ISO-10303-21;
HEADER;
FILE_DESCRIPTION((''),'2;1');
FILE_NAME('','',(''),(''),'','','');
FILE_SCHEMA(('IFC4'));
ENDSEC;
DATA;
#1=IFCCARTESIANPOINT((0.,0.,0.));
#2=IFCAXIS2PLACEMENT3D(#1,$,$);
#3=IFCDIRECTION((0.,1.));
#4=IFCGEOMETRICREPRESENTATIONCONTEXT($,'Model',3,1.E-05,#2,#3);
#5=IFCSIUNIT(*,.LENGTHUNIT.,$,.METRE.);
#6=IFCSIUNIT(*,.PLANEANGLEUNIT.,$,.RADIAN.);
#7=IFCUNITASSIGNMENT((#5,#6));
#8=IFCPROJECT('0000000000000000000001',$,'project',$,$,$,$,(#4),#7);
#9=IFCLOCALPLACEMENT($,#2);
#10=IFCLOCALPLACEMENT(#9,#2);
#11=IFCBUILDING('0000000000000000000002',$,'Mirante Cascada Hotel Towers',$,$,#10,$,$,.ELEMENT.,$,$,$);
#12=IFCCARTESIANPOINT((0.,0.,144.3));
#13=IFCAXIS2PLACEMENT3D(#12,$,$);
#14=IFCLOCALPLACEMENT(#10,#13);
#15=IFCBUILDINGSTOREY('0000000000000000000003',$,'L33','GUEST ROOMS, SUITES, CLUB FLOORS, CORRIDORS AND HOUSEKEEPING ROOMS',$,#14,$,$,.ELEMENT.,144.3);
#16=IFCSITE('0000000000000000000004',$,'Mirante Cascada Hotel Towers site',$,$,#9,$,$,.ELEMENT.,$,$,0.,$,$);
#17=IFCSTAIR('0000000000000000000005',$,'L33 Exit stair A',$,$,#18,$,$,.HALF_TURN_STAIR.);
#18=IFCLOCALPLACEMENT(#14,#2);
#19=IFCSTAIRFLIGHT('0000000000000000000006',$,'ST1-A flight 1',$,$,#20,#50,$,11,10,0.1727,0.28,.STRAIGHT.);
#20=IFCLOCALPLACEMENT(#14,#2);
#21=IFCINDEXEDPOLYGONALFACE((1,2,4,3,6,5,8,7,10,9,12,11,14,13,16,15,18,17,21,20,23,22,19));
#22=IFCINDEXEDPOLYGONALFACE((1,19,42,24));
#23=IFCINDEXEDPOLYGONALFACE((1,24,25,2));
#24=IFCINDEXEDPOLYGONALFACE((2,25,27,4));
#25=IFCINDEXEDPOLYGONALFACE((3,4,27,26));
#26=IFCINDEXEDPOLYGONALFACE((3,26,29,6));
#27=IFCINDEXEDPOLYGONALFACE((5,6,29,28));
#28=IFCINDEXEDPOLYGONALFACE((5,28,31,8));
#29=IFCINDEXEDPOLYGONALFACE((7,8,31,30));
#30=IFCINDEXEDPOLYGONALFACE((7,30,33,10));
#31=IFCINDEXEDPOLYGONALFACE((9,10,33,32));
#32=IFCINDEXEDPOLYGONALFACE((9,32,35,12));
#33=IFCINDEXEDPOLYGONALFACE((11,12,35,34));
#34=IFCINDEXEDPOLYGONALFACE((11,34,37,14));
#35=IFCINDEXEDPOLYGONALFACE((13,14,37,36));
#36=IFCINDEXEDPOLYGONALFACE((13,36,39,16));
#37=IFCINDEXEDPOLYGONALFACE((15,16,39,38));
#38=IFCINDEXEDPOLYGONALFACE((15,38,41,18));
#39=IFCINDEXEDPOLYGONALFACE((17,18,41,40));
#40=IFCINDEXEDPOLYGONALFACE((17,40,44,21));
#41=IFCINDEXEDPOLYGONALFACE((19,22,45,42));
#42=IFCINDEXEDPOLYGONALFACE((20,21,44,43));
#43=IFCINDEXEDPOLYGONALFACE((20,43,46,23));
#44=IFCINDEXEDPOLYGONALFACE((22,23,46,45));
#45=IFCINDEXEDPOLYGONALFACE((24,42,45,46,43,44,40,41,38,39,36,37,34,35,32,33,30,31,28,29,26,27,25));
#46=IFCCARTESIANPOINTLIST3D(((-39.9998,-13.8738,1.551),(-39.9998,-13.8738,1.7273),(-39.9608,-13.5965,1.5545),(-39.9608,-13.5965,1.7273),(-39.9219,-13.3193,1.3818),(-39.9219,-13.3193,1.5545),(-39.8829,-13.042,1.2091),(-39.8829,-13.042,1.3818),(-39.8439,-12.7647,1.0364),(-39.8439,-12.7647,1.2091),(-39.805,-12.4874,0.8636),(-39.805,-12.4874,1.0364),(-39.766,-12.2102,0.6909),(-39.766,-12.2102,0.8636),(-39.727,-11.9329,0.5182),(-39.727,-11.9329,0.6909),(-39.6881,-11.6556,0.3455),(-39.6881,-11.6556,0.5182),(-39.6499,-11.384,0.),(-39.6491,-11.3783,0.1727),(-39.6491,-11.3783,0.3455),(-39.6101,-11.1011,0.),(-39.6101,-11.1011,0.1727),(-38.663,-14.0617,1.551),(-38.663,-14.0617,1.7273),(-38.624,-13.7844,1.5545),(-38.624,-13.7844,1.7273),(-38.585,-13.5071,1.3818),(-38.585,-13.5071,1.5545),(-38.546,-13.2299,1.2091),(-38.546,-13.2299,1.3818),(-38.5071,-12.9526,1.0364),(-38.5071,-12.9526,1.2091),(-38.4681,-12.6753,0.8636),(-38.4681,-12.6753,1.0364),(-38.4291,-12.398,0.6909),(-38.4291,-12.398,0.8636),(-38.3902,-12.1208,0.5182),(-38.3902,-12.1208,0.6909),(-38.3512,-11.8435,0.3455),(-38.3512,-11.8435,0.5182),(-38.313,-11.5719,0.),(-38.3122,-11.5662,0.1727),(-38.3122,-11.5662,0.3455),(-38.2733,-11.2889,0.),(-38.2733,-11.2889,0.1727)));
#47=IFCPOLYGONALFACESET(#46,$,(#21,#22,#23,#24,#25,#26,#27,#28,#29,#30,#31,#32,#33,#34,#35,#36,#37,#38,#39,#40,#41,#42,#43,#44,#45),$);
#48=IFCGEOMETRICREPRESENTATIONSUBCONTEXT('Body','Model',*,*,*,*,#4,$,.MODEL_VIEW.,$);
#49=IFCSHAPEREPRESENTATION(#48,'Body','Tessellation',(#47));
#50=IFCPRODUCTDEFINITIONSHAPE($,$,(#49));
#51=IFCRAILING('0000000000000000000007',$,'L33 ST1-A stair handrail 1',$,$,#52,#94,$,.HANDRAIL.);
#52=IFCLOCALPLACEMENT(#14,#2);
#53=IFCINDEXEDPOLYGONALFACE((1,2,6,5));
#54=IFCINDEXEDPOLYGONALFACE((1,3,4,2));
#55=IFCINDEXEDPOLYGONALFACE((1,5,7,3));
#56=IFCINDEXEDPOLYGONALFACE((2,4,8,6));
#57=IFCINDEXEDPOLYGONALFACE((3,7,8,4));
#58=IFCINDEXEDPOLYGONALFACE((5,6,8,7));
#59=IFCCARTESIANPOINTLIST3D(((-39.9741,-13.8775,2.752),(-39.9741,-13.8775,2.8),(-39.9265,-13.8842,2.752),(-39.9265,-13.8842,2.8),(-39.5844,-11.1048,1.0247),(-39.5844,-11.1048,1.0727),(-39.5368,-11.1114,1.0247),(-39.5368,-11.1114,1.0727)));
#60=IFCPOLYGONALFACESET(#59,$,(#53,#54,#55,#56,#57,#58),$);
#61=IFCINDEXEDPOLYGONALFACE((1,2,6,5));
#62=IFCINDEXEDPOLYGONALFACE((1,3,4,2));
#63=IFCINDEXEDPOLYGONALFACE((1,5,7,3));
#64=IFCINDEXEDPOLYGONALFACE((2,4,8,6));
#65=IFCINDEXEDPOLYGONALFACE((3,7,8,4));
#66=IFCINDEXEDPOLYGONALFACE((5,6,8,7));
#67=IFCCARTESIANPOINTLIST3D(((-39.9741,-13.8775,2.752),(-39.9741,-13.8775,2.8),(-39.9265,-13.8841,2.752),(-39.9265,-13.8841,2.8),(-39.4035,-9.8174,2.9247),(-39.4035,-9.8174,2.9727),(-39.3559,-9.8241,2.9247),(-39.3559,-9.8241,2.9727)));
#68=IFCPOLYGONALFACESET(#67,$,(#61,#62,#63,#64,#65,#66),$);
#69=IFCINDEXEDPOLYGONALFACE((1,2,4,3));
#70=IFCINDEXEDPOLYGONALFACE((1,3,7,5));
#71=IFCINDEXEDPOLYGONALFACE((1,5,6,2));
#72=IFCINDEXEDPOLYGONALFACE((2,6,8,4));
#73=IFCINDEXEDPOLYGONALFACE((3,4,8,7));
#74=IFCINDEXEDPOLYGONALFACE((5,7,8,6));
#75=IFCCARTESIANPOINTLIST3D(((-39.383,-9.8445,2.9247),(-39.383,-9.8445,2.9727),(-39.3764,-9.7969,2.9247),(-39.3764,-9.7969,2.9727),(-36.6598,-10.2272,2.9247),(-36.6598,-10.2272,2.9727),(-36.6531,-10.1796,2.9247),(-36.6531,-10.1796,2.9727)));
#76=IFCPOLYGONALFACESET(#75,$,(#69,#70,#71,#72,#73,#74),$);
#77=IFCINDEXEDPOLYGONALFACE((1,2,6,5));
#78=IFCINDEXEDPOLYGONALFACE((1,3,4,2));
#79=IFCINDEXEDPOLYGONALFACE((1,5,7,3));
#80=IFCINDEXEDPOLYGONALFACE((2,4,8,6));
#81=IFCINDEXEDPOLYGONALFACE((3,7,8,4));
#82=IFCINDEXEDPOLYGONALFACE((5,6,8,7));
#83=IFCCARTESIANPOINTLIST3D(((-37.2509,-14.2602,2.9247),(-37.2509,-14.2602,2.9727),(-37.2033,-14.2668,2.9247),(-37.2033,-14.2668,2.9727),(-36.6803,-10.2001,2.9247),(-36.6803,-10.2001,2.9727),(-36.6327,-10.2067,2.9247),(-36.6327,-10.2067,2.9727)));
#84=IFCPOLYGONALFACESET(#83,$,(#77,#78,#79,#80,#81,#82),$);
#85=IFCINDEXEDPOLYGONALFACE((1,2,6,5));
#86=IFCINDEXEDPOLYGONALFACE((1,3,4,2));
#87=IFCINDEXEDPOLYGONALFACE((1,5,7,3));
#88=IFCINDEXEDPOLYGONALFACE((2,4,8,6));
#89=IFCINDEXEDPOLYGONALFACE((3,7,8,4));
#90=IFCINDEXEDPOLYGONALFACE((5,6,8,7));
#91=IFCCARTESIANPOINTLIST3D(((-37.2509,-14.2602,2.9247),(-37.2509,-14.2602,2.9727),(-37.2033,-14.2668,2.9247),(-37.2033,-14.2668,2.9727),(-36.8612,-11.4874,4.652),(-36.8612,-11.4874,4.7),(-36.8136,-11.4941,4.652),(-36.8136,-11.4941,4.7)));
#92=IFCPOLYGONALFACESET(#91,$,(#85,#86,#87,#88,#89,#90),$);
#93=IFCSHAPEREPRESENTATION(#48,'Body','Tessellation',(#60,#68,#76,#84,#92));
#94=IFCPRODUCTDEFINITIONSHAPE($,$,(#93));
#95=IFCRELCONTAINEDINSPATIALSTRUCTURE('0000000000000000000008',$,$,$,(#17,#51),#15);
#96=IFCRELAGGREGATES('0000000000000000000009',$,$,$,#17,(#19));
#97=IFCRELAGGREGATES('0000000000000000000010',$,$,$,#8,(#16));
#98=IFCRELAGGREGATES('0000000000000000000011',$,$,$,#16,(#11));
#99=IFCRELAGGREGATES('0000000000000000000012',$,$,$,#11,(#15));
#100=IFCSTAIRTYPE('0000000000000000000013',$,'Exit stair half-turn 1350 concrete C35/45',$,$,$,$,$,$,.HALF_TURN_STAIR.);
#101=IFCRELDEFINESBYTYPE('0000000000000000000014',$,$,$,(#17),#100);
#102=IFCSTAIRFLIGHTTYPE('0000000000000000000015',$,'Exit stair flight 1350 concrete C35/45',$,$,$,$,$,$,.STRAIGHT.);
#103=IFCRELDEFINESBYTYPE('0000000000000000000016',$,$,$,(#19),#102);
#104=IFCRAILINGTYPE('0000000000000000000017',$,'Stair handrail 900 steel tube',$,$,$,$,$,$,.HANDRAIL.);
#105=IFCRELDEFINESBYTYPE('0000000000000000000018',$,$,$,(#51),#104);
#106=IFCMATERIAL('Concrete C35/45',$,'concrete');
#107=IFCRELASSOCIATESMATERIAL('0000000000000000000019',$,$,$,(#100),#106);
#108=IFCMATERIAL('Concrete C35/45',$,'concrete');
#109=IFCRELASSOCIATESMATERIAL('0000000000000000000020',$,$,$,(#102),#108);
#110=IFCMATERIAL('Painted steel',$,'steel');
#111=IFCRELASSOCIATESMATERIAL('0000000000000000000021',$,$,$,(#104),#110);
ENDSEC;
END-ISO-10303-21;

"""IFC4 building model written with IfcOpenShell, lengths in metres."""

from ifc_helpers import new_model, si_unit, direction, frame, origin, origin_2d, place, context, subcontext, project, spatial, polyline, rectangle, outline, extrude, material, type_object, element, aggregate, save


model = new_model("IFC4")

# Units and contexts
model_context = context("Model", 3, precision=1e-05, world=origin(), true_north=direction((0.0, 1.0)))
body_context = subcontext(model_context, "Body", "Model", "MODEL_VIEW")
ifc_project = project(units=[si_unit("LENGTHUNIT", "METRE"), si_unit("PLANEANGLEUNIT", "RADIAN")], contexts=[model_context])

# Site, building, storey
site_placement = place(None, origin())
site = spatial("IfcSite", under=ifc_project, at=site_placement, Name="Mirante Cascada Hotel Towers site", CompositionType="ELEMENT", RefElevation=0.0)
building_placement = place(site_placement, origin())
building = spatial("IfcBuilding", under=site, at=building_placement, Name="Mirante Cascada Hotel Towers", CompositionType="ELEMENT")
storey_placement = place(building_placement, frame((0.0, 0.0, 144.3)))
storey = spatial("IfcBuildingStorey", under=building, at=storey_placement, Name="L33", Description="GUEST ROOMS, SUITES, CLUB FLOORS, CORRIDORS AND HOUSEKEEPING ROOMS", CompositionType="ELEMENT", Elevation=144.3)

# Stair, stair flight
ifc_material_1 = material(Name="Concrete C35/45", Category="concrete")
stair_type = type_object("IfcStairType", Name="Exit stair half-turn 1350 concrete C35/45", PredefinedType="HALF_TURN_STAIR", material=ifc_material_1)
stair_placement = place(storey_placement, origin())
stair = element("IfcStair", 1, at=stair_placement, inside=storey, type_object=stair_type, Name="L33 Exit stair A", PredefinedType="HALF_TURN_STAIR")
ifc_material_2 = material(Name="Concrete C35/45", Category="concrete")
stair_flight_type = type_object("IfcStairFlightType", Name="Exit stair flight 1350 concrete C35/45", PredefinedType="STRAIGHT", material=ifc_material_2)
stair_flight_placement = place(storey_placement, frame((-38.9417, -11.195, 0.0), z_axis=(0.0, 0.0, 1.0), x_axis=(-0.139173, -0.990268, 0.0)))
stair_flight = element("IfcStairFlight", 2, at=stair_flight_placement, type_object=stair_flight_type, Name="ST1-A flight 1", NumberOfRisers=11, NumberOfTreads=10, PredefinedType="STRAIGHT", RiserHeight=0.1727, TreadLength=0.28, context=body_context, shape_type="SweptSolid", body=[
    extrude(outline(polyline([(0.0, 0.0), (0.0, 0.1727), (0.28, 0.1727), (0.28, 0.3455), (0.56, 0.3455), (0.56, 0.5182), (0.84, 0.5182), (0.84, 0.6909), (1.12, 0.6909), (1.12, 0.8636), (1.4, 0.8636), (1.4, 1.0364), (1.68, 1.0364), (1.68, 1.2091), (1.96, 1.2091), (1.96, 1.3818), (2.24, 1.3818), (2.24, 1.5545), (2.52, 1.5545), (2.52, 1.7273), (2.8, 1.7273), (2.8, 1.9), (2.8, 1.551), (0.2857, 0.0), (0.0, 0.0)])), frame((0.0, 0.675, 0.0), z_axis=(0.0, -1.0, 0.0), x_axis=(1.0, 0.0, 0.0)), (0.0, 0.0, 1.0), 1.35),
])
aggregate(stair, [stair_flight])

# Railing
ifc_material_3 = material(Name="Painted steel", Category="steel")
railing_type = type_object("IfcRailingType", Name="Stair handrail 900 steel tube", PredefinedType="HANDRAIL", material=ifc_material_3)
railing_placement = place(storey_placement, frame((-39.5606, -11.1081, 0.1727)))
element("IfcRailing", 3, at=railing_placement, inside=storey, type_object=railing_type, Name="L33 ST1-A stair handrail 1", PredefinedType="HANDRAIL", context=body_context, shape_type="SweptSolid", body=[
    extrude(rectangle(XDim=0.048, YDim=0.048, at=origin_2d()), frame((0.0, 0.0, 0.876), z_axis=(-0.139181, -0.990267, 0.0), x_axis=(0.990267, -0.139181, 0.0)), (0.0, 0.525035, 0.851081), 3.2899),
    extrude(rectangle(XDim=0.048, YDim=0.048, at=origin_2d()), frame((-0.3897, -2.7727, 2.6033), z_axis=(0.139171, 0.990268, 0.0), x_axis=(-0.990268, 0.139171, 0.0)), (0.0, 0.042085, 0.999114), 4.1036),
    extrude(rectangle(XDim=0.048, YDim=0.048, at=origin_2d()), frame((0.1809, 1.2874, 2.776), z_axis=(0.990269, -0.139166, 0.0), x_axis=(0.139166, 0.990269, 0.0)), (0.0, 0.0, 1.0), 2.75),
    extrude(rectangle(XDim=0.048, YDim=0.048, at=origin_2d()), frame((2.9041, 0.9047, 2.776), z_axis=(-0.139171, -0.990268, 0.0), x_axis=(0.990268, -0.139171, 0.0)), (0.0, 0.0, 1.0), 4.1),
    extrude(rectangle(XDim=0.048, YDim=0.048, at=origin_2d()), frame((2.3335, -3.1554, 2.776), z_axis=(0.139181, 0.990267, 0.0), x_axis=(-0.990267, 0.139181, 0.0)), (0.0, 0.525035, 0.851081), 3.2899),
])

save(model, "model.ifc")
